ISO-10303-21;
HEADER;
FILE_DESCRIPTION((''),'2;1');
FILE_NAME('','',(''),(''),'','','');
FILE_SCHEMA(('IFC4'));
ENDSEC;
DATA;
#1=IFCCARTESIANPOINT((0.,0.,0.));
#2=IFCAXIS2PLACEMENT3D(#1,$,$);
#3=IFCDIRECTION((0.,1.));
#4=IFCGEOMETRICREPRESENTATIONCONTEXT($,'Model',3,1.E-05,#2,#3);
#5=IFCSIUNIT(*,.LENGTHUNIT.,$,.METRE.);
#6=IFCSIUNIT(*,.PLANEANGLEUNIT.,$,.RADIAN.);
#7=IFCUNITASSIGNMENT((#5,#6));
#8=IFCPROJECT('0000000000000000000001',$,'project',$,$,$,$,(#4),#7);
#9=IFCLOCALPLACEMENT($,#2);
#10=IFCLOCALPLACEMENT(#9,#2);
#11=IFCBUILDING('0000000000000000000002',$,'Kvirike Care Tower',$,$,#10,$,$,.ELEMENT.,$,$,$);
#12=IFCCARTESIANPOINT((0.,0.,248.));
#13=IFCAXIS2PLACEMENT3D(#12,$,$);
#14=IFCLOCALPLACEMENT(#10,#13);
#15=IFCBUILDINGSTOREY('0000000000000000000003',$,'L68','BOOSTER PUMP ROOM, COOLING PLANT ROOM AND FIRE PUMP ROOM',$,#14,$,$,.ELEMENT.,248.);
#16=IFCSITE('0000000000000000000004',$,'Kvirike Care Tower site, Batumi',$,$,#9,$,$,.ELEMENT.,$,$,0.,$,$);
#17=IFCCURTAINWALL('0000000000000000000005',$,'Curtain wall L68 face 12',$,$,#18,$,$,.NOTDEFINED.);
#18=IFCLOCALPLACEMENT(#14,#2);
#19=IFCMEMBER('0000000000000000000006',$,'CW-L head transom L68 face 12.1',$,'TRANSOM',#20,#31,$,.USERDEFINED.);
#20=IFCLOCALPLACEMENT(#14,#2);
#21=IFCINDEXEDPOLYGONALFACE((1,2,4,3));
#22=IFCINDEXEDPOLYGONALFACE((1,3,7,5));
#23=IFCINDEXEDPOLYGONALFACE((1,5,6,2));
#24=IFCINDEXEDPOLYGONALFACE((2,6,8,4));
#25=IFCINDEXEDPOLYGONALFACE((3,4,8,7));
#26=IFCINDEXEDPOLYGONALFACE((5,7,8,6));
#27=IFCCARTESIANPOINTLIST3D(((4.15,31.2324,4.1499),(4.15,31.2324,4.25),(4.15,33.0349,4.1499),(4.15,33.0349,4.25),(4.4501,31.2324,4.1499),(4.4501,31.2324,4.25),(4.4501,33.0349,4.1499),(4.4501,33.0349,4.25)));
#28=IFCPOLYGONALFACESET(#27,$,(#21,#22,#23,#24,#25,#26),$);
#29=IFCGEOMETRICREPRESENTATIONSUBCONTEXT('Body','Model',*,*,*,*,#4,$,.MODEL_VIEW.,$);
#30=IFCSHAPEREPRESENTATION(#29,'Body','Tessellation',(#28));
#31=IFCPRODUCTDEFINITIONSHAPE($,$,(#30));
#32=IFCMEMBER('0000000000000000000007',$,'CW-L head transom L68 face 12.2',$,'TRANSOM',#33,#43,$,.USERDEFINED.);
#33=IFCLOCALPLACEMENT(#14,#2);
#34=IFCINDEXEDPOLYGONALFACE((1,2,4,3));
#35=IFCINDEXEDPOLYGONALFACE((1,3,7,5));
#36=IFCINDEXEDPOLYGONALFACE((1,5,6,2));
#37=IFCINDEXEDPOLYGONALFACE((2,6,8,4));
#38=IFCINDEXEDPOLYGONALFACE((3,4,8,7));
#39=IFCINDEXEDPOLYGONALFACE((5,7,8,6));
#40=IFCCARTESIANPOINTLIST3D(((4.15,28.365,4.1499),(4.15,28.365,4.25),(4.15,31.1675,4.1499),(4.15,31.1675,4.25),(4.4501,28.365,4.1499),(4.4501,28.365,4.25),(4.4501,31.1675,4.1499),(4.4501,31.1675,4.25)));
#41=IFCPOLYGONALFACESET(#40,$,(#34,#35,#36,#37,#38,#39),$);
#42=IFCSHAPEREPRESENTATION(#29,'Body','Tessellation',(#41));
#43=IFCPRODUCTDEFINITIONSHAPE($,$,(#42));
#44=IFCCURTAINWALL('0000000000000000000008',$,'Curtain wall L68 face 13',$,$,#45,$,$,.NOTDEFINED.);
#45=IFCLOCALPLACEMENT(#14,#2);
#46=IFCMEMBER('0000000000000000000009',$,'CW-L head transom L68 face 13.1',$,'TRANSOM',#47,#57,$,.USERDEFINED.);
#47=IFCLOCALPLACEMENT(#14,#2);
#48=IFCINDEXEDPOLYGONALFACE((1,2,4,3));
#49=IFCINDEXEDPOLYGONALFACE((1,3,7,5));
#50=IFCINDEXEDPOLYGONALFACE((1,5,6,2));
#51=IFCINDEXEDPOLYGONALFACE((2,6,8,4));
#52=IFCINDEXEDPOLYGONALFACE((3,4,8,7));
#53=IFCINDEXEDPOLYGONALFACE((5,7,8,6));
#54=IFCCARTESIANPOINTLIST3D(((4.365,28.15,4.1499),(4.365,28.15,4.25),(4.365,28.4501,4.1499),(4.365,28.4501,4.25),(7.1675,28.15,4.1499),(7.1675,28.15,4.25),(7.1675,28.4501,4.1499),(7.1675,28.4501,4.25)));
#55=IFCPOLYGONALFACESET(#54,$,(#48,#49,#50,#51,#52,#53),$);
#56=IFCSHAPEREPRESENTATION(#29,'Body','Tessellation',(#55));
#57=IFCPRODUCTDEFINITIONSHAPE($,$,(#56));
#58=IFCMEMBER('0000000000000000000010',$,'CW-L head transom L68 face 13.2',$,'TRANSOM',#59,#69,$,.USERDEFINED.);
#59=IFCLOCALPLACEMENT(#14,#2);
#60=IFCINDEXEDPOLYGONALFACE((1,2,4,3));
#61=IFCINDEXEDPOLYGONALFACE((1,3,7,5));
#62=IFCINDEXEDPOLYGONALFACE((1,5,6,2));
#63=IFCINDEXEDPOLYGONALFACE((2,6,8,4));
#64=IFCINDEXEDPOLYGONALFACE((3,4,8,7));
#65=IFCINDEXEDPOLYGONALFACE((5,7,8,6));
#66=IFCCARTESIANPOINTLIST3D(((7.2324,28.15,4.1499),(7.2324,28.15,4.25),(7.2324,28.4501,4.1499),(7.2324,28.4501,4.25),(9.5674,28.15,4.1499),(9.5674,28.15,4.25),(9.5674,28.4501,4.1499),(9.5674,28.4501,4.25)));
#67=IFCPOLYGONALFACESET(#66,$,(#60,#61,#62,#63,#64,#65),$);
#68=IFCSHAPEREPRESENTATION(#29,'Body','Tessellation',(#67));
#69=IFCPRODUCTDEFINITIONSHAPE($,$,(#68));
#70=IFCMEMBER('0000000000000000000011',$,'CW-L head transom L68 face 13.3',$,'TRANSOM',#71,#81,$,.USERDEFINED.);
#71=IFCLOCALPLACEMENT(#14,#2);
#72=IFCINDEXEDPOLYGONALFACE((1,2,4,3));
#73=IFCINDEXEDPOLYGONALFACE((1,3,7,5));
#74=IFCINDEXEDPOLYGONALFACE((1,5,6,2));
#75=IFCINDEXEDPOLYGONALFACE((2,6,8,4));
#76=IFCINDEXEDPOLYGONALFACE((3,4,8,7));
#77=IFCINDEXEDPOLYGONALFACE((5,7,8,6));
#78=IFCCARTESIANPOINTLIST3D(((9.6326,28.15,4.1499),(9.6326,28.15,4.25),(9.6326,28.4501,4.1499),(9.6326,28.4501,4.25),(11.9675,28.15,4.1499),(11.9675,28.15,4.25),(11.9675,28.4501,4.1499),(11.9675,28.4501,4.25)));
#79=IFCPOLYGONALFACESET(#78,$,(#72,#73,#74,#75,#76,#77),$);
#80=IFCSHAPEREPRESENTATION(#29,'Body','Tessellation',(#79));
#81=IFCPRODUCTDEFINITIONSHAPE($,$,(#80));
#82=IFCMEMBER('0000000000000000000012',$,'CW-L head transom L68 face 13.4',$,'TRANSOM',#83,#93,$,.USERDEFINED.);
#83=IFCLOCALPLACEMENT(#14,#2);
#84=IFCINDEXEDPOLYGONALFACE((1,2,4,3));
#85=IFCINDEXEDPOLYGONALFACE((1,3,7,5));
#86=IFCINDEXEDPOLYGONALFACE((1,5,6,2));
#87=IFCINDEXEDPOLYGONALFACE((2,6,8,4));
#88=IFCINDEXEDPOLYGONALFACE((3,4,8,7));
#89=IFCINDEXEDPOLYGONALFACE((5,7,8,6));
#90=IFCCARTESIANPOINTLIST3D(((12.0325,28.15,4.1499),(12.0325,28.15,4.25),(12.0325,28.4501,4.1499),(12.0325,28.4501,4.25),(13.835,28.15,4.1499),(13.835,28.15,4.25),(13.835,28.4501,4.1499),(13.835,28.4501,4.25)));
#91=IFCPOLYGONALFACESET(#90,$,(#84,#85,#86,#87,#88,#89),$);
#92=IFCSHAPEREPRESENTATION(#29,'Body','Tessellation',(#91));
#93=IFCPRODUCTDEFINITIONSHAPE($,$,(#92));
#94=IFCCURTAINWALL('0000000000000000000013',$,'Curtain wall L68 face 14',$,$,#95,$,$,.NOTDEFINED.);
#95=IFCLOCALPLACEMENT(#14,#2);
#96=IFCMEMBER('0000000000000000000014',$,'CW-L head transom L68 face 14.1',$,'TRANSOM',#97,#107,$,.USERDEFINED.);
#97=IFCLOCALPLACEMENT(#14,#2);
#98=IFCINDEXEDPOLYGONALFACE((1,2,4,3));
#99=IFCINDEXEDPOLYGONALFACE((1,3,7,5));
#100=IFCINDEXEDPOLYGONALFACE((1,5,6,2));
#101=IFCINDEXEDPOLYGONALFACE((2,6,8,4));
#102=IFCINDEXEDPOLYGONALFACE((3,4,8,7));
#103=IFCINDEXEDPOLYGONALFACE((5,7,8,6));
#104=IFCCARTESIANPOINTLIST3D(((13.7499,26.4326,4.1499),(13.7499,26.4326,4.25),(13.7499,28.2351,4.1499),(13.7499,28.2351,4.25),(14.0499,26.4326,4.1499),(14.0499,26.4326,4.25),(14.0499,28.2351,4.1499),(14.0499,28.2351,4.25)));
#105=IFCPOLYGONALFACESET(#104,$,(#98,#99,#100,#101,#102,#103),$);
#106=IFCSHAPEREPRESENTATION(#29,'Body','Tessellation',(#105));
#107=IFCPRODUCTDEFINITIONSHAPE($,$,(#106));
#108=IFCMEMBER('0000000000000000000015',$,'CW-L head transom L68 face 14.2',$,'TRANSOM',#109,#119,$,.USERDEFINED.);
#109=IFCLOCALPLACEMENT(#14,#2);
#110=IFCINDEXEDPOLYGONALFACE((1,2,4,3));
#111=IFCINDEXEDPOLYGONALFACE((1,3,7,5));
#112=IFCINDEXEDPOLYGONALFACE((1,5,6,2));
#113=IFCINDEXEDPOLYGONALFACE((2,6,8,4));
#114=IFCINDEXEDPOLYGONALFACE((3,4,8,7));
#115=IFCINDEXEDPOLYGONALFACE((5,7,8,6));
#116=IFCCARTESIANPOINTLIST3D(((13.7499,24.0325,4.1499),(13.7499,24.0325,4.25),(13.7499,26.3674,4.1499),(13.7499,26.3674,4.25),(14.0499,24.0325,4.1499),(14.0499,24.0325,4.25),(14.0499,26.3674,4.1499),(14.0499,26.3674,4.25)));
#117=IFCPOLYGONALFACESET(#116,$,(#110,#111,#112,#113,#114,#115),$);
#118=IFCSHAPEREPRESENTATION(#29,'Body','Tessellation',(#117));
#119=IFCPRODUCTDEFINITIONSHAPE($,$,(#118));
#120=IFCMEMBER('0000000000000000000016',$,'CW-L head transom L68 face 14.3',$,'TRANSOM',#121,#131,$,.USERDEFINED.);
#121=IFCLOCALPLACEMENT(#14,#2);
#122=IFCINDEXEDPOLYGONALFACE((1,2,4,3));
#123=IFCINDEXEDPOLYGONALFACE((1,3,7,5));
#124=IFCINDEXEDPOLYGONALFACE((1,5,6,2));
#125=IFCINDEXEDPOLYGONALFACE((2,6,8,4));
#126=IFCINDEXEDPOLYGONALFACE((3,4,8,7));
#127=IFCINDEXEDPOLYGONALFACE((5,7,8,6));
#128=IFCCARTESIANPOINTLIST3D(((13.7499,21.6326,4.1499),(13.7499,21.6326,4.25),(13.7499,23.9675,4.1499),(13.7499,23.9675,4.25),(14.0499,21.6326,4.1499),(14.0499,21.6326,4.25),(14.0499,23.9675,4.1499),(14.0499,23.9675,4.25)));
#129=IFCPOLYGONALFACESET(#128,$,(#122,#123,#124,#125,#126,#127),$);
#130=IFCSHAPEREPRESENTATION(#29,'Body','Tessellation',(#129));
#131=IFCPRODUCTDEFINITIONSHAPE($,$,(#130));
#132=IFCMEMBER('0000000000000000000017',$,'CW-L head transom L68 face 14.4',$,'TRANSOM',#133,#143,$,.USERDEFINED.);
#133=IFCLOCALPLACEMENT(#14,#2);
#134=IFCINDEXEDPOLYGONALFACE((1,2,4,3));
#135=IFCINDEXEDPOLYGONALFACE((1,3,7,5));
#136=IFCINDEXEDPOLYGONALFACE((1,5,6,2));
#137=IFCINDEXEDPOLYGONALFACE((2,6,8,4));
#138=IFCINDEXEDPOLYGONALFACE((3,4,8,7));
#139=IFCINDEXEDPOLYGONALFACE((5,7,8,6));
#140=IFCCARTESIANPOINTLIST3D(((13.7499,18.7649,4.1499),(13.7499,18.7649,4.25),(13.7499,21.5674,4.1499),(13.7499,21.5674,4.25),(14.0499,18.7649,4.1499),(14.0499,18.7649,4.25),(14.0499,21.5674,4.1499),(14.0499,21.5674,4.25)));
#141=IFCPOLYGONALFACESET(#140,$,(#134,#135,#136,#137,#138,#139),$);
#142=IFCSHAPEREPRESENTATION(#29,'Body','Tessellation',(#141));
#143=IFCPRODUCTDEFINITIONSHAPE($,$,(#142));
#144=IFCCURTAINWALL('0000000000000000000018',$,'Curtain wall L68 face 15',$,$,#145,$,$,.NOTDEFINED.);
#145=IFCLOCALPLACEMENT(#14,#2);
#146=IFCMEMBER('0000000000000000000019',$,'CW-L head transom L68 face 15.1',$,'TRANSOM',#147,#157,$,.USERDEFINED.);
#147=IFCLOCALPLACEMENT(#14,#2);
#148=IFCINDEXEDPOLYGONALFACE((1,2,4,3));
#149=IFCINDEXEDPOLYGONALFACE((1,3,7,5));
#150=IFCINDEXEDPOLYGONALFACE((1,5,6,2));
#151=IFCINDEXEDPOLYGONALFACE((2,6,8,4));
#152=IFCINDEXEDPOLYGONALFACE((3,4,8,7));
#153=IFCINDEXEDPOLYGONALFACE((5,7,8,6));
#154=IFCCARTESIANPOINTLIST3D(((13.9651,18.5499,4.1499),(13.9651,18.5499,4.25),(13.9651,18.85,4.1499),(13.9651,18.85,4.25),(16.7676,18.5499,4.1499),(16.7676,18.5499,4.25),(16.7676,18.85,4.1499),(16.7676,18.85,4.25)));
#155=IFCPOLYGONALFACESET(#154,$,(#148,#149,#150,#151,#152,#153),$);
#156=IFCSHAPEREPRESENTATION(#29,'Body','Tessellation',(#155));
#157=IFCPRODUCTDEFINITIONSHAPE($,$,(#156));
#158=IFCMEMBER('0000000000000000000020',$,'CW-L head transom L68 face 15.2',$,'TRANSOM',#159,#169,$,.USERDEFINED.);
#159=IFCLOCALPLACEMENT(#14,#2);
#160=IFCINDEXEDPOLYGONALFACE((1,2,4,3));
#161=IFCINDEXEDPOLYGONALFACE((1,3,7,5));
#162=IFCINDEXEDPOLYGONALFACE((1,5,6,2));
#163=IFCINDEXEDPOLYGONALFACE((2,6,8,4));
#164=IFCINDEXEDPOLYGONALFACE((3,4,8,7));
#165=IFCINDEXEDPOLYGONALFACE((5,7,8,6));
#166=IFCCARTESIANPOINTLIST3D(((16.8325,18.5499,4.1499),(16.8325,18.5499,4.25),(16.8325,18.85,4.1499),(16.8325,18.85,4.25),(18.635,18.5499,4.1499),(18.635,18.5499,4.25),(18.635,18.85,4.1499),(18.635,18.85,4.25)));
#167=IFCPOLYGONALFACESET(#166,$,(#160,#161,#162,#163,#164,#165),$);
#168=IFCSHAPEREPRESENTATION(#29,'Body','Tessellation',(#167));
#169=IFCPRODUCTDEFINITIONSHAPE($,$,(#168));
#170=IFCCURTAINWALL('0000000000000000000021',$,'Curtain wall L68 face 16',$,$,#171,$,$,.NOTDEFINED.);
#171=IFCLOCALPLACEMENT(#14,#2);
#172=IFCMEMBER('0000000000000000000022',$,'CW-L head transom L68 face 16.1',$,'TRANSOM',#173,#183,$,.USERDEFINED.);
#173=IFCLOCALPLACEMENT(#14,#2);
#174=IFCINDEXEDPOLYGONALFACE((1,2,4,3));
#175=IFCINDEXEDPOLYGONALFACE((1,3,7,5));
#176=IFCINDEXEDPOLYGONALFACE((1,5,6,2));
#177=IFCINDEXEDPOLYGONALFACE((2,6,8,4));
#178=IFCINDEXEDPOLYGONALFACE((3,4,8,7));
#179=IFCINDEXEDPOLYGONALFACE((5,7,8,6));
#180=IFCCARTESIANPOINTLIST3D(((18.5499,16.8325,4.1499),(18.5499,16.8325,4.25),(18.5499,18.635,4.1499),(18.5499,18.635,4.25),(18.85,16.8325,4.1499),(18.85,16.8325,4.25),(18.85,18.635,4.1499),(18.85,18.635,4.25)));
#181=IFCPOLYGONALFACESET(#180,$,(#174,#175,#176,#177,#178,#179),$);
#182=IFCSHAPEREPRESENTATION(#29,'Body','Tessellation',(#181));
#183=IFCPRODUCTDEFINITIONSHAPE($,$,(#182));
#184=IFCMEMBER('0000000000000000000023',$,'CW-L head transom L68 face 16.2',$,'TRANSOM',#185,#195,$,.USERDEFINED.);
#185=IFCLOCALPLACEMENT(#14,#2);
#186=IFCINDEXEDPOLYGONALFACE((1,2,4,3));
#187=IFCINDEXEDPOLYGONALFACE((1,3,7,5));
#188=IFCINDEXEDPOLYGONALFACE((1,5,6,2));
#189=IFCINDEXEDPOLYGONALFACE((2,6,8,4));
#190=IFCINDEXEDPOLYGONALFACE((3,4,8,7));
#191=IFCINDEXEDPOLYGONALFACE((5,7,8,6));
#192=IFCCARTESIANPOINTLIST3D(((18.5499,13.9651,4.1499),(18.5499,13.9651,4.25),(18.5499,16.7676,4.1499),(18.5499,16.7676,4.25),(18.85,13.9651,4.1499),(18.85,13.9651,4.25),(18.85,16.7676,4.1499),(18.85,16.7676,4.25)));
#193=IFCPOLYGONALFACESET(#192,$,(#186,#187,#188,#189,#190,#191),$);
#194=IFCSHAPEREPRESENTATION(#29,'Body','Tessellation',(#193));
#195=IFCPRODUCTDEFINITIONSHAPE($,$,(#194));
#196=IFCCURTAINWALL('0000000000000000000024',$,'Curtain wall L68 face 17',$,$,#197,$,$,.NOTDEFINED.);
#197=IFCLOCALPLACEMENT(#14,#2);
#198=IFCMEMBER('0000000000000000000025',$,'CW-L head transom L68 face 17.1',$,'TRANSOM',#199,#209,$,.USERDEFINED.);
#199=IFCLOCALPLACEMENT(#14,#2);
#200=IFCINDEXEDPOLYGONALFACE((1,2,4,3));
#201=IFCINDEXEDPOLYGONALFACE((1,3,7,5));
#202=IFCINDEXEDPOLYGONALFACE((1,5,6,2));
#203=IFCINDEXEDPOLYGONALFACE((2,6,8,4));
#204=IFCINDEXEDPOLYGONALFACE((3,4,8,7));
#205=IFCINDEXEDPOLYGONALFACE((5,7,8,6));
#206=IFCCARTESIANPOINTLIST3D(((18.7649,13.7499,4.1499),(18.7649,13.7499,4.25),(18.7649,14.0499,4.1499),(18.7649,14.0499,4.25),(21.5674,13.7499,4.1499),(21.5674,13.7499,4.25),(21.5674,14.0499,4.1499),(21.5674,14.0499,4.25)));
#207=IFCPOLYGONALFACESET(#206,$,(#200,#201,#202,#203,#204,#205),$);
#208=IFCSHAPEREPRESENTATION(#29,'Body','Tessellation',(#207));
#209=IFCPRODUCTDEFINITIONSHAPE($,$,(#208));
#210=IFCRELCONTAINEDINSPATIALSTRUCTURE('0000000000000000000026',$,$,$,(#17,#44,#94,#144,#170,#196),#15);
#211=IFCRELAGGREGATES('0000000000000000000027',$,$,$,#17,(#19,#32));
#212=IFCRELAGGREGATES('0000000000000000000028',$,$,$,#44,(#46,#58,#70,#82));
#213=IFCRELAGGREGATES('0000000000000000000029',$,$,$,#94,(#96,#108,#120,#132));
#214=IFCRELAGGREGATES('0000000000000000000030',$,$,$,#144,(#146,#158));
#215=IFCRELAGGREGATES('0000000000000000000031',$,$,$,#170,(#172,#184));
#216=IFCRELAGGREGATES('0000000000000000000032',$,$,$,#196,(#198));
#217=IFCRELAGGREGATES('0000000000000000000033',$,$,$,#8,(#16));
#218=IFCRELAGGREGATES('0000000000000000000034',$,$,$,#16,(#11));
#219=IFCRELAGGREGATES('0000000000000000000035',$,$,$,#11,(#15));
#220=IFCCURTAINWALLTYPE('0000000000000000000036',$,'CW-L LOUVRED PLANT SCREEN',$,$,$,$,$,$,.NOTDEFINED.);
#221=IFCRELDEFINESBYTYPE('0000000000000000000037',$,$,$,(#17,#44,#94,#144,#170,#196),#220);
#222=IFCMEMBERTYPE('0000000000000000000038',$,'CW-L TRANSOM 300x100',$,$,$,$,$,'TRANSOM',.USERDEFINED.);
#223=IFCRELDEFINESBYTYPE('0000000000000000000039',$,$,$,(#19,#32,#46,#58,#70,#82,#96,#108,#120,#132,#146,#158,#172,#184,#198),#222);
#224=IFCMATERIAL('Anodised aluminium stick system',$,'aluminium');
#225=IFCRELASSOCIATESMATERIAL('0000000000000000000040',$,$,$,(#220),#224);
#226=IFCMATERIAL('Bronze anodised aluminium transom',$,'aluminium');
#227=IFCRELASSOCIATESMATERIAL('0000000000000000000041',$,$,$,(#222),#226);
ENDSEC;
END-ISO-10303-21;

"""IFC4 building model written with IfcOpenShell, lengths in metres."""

from ifc_helpers import new_model, si_unit, direction, frame, origin, origin_2d, place, context, subcontext, project, spatial, rectangle, extrude, material, material_profile, profile_set, type_object, element, aggregate, save


model = new_model("IFC4")

# Units and contexts
model_context = context("Model", 3, precision=1e-05, world=origin(), true_north=direction((0.0, 1.0)))
body_context = subcontext(model_context, "Body", "Model", "MODEL_VIEW")
ifc_project = project(units=[si_unit("LENGTHUNIT", "METRE"), si_unit("PLANEANGLEUNIT", "RADIAN")], contexts=[model_context])

# Site, building, storey
site_placement = place(None, origin())
site = spatial("IfcSite", under=ifc_project, at=site_placement, Name="Kvirike Care Tower site, Batumi", CompositionType="ELEMENT", RefElevation=0.0)
building_placement = place(site_placement, origin())
building = spatial("IfcBuilding", under=site, at=building_placement, Name="Kvirike Care Tower", CompositionType="ELEMENT")
storey_placement = place(building_placement, frame((0.0, 0.0, 248.0)))
storey = spatial("IfcBuildingStorey", under=building, at=storey_placement, Name="L68", Description="BOOSTER PUMP ROOM, COOLING PLANT ROOM AND FIRE PUMP ROOM", CompositionType="ELEMENT", Elevation=248.0)

# Curtain walls, members
ifc_material_1 = material(Name="Anodised aluminium stick system", Category="aluminium")
curtain_wall_type = type_object("IfcCurtainWallType", Name="CW-L LOUVRED PLANT SCREEN", PredefinedType="NOTDEFINED", material=ifc_material_1)
curtain_wall_1_placement = place(storey_placement, origin())
curtain_wall_1 = element("IfcCurtainWall", 1, at=curtain_wall_1_placement, inside=storey, type_object=curtain_wall_type, Name="Curtain wall L68 face 12", PredefinedType="NOTDEFINED")
ifc_material_2 = material(Name="Bronze anodised aluminium transom", Category="aluminium")
ifc_material_profile_1 = material_profile(ifc_material_2, rectangle(XDim=0.3, YDim=0.1001, at=origin_2d()), Name="CW-L TRANSOM 300x100")
ifc_profile_set_1 = profile_set([ifc_material_profile_1], Name="Bronze anodised aluminium transom")
member_type_1 = type_object("IfcMemberType", Name="CW-L TRANSOM 300x100", ElementType="TRANSOM", PredefinedType="USERDEFINED", material=ifc_profile_set_1)
member_1_placement = place(storey_placement, frame((4.3, 33.0349, 4.2), z_axis=(0.0, -1.0, 0.0), x_axis=(1.0, 0.0, 0.0)))
member_1 = element("IfcMember", 2, at=member_1_placement, type_object=member_type_1, Name="CW-L head transom L68 face 12.1", ObjectType="TRANSOM", PredefinedType="USERDEFINED", context=body_context, shape_type="SweptSolid", body=[
    extrude(rectangle(XDim=0.3, YDim=0.1001, at=origin_2d()), origin(), (0.0, 0.0, 1.0), 1.8025),
])
member_2_placement = place(storey_placement, frame((4.3, 31.1675, 4.2), z_axis=(0.0, -1.0, 0.0), x_axis=(1.0, 0.0, 0.0)))
member_2 = element("IfcMember", 3, at=member_2_placement, type_object=member_type_1, Name="CW-L head transom L68 face 12.2", ObjectType="TRANSOM", PredefinedType="USERDEFINED", context=body_context, shape_type="SweptSolid", body=[
    extrude(rectangle(XDim=0.3, YDim=0.1001, at=origin_2d()), origin(), (0.0, 0.0, 1.0), 2.8025),
])
aggregate(curtain_wall_1, [member_1, member_2])
curtain_wall_2_placement = place(storey_placement, origin())
curtain_wall_2 = element("IfcCurtainWall", 4, at=curtain_wall_2_placement, inside=storey, type_object=curtain_wall_type, Name="Curtain wall L68 face 13", PredefinedType="NOTDEFINED")
member_3_placement = place(storey_placement, frame((4.365, 28.3, 4.2), z_axis=(1.0, 0.0, 0.0), x_axis=(0.0, 1.0, 0.0)))
member_3 = element("IfcMember", 5, at=member_3_placement, type_object=member_type_1, Name="CW-L head transom L68 face 13.1", ObjectType="TRANSOM", PredefinedType="USERDEFINED", context=body_context, shape_type="SweptSolid", body=[
    extrude(rectangle(XDim=0.3, YDim=0.1001, at=origin_2d()), origin(), (0.0, 0.0, 1.0), 2.8025),
])
member_4_placement = place(storey_placement, frame((7.2324, 28.3, 4.2), z_axis=(1.0, 0.0, 0.0), x_axis=(0.0, 1.0, 0.0)))
member_4 = element("IfcMember", 6, at=member_4_placement, type_object=member_type_1, Name="CW-L head transom L68 face 13.2", ObjectType="TRANSOM", PredefinedType="USERDEFINED", context=body_context, shape_type="SweptSolid", body=[
    extrude(rectangle(XDim=0.3, YDim=0.1001, at=origin_2d()), origin(), (0.0, 0.0, 1.0), 2.335),
])
member_5_placement = place(storey_placement, frame((9.6326, 28.3, 4.2), z_axis=(1.0, 0.0, 0.0), x_axis=(0.0, 1.0, 0.0)))
member_5 = element("IfcMember", 7, at=member_5_placement, type_object=member_type_1, Name="CW-L head transom L68 face 13.3", ObjectType="TRANSOM", PredefinedType="USERDEFINED", context=body_context, shape_type="SweptSolid", body=[
    extrude(rectangle(XDim=0.3, YDim=0.1001, at=origin_2d()), origin(), (0.0, 0.0, 1.0), 2.335),
])
member_6_placement = place(storey_placement, frame((12.0325, 28.3, 4.2), z_axis=(1.0, 0.0, 0.0), x_axis=(0.0, 1.0, 0.0)))
member_6 = element("IfcMember", 8, at=member_6_placement, type_object=member_type_1, Name="CW-L head transom L68 face 13.4", ObjectType="TRANSOM", PredefinedType="USERDEFINED", context=body_context, shape_type="SweptSolid", body=[
    extrude(rectangle(XDim=0.3, YDim=0.1001, at=origin_2d()), origin(), (0.0, 0.0, 1.0), 1.8025),
])
aggregate(curtain_wall_2, [member_3, member_4, member_5, member_6])
curtain_wall_3_placement = place(storey_placement, origin())
curtain_wall_3 = element("IfcCurtainWall", 9, at=curtain_wall_3_placement, inside=storey, type_object=curtain_wall_type, Name="Curtain wall L68 face 14", PredefinedType="NOTDEFINED")
member_7_placement = place(storey_placement, frame((13.8999, 28.2351, 4.2), z_axis=(0.0, -1.0, 0.0), x_axis=(1.0, 0.0, 0.0)))
member_7 = element("IfcMember", 10, at=member_7_placement, type_object=member_type_1, Name="CW-L head transom L68 face 14.1", ObjectType="TRANSOM", PredefinedType="USERDEFINED", context=body_context, shape_type="SweptSolid", body=[
    extrude(rectangle(XDim=0.3, YDim=0.1001, at=origin_2d()), origin(), (0.0, 0.0, 1.0), 1.8025),
])
member_8_placement = place(storey_placement, frame((13.8999, 26.3674, 4.2), z_axis=(0.0, -1.0, 0.0), x_axis=(1.0, 0.0, 0.0)))
member_8 = element("IfcMember", 11, at=member_8_placement, type_object=member_type_1, Name="CW-L head transom L68 face 14.2", ObjectType="TRANSOM", PredefinedType="USERDEFINED", context=body_context, shape_type="SweptSolid", body=[
    extrude(rectangle(XDim=0.3, YDim=0.1001, at=origin_2d()), origin(), (0.0, 0.0, 1.0), 2.335),
])
member_9_placement = place(storey_placement, frame((13.8999, 23.9675, 4.2), z_axis=(0.0, -1.0, 0.0), x_axis=(1.0, 0.0, 0.0)))
member_9 = element("IfcMember", 12, at=member_9_placement, type_object=member_type_1, Name="CW-L head transom L68 face 14.3", ObjectType="TRANSOM", PredefinedType="USERDEFINED", context=body_context, shape_type="SweptSolid", body=[
    extrude(rectangle(XDim=0.3, YDim=0.1001, at=origin_2d()), origin(), (0.0, 0.0, 1.0), 2.335),
])
member_10_placement = place(storey_placement, frame((13.8999, 21.5674, 4.2), z_axis=(0.0, -1.0, 0.0), x_axis=(1.0, 0.0, 0.0)))
member_10 = element("IfcMember", 13, at=member_10_placement, type_object=member_type_1, Name="CW-L head transom L68 face 14.4", ObjectType="TRANSOM", PredefinedType="USERDEFINED", context=body_context, shape_type="SweptSolid", body=[
    extrude(rectangle(XDim=0.3, YDim=0.1001, at=origin_2d()), origin(), (0.0, 0.0, 1.0), 2.8025),
])
aggregate(curtain_wall_3, [member_7, member_8, member_9, member_10])
curtain_wall_4_placement = place(storey_placement, origin())
curtain_wall_4 = element("IfcCurtainWall", 14, at=curtain_wall_4_placement, inside=storey, type_object=curtain_wall_type, Name="Curtain wall L68 face 15", PredefinedType="NOTDEFINED")
member_11_placement = place(storey_placement, frame((13.9651, 18.7, 4.2), z_axis=(1.0, 0.0, 0.0), x_axis=(0.0, 1.0, 0.0)))
member_11 = element("IfcMember", 15, at=member_11_placement, type_object=member_type_1, Name="CW-L head transom L68 face 15.1", ObjectType="TRANSOM", PredefinedType="USERDEFINED", context=body_context, shape_type="SweptSolid", body=[
    extrude(rectangle(XDim=0.3, YDim=0.1001, at=origin_2d()), origin(), (0.0, 0.0, 1.0), 2.8025),
])
member_12_placement = place(storey_placement, frame((16.8325, 18.7, 4.2), z_axis=(1.0, 0.0, 0.0), x_axis=(0.0, 1.0, 0.0)))
member_12 = element("IfcMember", 16, at=member_12_placement, type_object=member_type_1, Name="CW-L head transom L68 face 15.2", ObjectType="TRANSOM", PredefinedType="USERDEFINED", context=body_context, shape_type="SweptSolid", body=[
    extrude(rectangle(XDim=0.3, YDim=0.1001, at=origin_2d()), origin(), (0.0, 0.0, 1.0), 1.8025),
])
aggregate(curtain_wall_4, [member_11, member_12])
curtain_wall_5_placement = place(storey_placement, origin())
curtain_wall_5 = element("IfcCurtainWall", 17, at=curtain_wall_5_placement, inside=storey, type_object=curtain_wall_type, Name="Curtain wall L68 face 16", PredefinedType="NOTDEFINED")
member_13_placement = place(storey_placement, frame((18.7, 18.635, 4.2), z_axis=(0.0, -1.0, 0.0), x_axis=(1.0, 0.0, 0.0)))
member_13 = element("IfcMember", 18, at=member_13_placement, type_object=member_type_1, Name="CW-L head transom L68 face 16.1", ObjectType="TRANSOM", PredefinedType="USERDEFINED", context=body_context, shape_type="SweptSolid", body=[
    extrude(rectangle(XDim=0.3, YDim=0.1001, at=origin_2d()), origin(), (0.0, 0.0, 1.0), 1.8025),
])
member_14_placement = place(storey_placement, frame((18.7, 16.7676, 4.2), z_axis=(0.0, -1.0, 0.0), x_axis=(1.0, 0.0, 0.0)))
member_14 = element("IfcMember", 19, at=member_14_placement, type_object=member_type_1, Name="CW-L head transom L68 face 16.2", ObjectType="TRANSOM", PredefinedType="USERDEFINED", context=body_context, shape_type="SweptSolid", body=[
    extrude(rectangle(XDim=0.3, YDim=0.1001, at=origin_2d()), origin(), (0.0, 0.0, 1.0), 2.8025),
])
aggregate(curtain_wall_5, [member_13, member_14])
curtain_wall_6_placement = place(storey_placement, origin())
curtain_wall_6 = element("IfcCurtainWall", 20, at=curtain_wall_6_placement, inside=storey, type_object=curtain_wall_type, Name="Curtain wall L68 face 17", PredefinedType="NOTDEFINED")
member_15_placement = place(storey_placement, frame((18.7649, 13.8999, 4.2), z_axis=(1.0, 0.0, 0.0), x_axis=(0.0, 1.0, 0.0)))
member_15 = element("IfcMember", 21, at=member_15_placement, type_object=member_type_1, Name="CW-L head transom L68 face 17.1", ObjectType="TRANSOM", PredefinedType="USERDEFINED", context=body_context, shape_type="SweptSolid", body=[
    extrude(rectangle(XDim=0.3, YDim=0.1001, at=origin_2d()), origin(), (0.0, 0.0, 1.0), 2.8025),
])
aggregate(curtain_wall_6, [member_15])

save(model, "model.ifc")
